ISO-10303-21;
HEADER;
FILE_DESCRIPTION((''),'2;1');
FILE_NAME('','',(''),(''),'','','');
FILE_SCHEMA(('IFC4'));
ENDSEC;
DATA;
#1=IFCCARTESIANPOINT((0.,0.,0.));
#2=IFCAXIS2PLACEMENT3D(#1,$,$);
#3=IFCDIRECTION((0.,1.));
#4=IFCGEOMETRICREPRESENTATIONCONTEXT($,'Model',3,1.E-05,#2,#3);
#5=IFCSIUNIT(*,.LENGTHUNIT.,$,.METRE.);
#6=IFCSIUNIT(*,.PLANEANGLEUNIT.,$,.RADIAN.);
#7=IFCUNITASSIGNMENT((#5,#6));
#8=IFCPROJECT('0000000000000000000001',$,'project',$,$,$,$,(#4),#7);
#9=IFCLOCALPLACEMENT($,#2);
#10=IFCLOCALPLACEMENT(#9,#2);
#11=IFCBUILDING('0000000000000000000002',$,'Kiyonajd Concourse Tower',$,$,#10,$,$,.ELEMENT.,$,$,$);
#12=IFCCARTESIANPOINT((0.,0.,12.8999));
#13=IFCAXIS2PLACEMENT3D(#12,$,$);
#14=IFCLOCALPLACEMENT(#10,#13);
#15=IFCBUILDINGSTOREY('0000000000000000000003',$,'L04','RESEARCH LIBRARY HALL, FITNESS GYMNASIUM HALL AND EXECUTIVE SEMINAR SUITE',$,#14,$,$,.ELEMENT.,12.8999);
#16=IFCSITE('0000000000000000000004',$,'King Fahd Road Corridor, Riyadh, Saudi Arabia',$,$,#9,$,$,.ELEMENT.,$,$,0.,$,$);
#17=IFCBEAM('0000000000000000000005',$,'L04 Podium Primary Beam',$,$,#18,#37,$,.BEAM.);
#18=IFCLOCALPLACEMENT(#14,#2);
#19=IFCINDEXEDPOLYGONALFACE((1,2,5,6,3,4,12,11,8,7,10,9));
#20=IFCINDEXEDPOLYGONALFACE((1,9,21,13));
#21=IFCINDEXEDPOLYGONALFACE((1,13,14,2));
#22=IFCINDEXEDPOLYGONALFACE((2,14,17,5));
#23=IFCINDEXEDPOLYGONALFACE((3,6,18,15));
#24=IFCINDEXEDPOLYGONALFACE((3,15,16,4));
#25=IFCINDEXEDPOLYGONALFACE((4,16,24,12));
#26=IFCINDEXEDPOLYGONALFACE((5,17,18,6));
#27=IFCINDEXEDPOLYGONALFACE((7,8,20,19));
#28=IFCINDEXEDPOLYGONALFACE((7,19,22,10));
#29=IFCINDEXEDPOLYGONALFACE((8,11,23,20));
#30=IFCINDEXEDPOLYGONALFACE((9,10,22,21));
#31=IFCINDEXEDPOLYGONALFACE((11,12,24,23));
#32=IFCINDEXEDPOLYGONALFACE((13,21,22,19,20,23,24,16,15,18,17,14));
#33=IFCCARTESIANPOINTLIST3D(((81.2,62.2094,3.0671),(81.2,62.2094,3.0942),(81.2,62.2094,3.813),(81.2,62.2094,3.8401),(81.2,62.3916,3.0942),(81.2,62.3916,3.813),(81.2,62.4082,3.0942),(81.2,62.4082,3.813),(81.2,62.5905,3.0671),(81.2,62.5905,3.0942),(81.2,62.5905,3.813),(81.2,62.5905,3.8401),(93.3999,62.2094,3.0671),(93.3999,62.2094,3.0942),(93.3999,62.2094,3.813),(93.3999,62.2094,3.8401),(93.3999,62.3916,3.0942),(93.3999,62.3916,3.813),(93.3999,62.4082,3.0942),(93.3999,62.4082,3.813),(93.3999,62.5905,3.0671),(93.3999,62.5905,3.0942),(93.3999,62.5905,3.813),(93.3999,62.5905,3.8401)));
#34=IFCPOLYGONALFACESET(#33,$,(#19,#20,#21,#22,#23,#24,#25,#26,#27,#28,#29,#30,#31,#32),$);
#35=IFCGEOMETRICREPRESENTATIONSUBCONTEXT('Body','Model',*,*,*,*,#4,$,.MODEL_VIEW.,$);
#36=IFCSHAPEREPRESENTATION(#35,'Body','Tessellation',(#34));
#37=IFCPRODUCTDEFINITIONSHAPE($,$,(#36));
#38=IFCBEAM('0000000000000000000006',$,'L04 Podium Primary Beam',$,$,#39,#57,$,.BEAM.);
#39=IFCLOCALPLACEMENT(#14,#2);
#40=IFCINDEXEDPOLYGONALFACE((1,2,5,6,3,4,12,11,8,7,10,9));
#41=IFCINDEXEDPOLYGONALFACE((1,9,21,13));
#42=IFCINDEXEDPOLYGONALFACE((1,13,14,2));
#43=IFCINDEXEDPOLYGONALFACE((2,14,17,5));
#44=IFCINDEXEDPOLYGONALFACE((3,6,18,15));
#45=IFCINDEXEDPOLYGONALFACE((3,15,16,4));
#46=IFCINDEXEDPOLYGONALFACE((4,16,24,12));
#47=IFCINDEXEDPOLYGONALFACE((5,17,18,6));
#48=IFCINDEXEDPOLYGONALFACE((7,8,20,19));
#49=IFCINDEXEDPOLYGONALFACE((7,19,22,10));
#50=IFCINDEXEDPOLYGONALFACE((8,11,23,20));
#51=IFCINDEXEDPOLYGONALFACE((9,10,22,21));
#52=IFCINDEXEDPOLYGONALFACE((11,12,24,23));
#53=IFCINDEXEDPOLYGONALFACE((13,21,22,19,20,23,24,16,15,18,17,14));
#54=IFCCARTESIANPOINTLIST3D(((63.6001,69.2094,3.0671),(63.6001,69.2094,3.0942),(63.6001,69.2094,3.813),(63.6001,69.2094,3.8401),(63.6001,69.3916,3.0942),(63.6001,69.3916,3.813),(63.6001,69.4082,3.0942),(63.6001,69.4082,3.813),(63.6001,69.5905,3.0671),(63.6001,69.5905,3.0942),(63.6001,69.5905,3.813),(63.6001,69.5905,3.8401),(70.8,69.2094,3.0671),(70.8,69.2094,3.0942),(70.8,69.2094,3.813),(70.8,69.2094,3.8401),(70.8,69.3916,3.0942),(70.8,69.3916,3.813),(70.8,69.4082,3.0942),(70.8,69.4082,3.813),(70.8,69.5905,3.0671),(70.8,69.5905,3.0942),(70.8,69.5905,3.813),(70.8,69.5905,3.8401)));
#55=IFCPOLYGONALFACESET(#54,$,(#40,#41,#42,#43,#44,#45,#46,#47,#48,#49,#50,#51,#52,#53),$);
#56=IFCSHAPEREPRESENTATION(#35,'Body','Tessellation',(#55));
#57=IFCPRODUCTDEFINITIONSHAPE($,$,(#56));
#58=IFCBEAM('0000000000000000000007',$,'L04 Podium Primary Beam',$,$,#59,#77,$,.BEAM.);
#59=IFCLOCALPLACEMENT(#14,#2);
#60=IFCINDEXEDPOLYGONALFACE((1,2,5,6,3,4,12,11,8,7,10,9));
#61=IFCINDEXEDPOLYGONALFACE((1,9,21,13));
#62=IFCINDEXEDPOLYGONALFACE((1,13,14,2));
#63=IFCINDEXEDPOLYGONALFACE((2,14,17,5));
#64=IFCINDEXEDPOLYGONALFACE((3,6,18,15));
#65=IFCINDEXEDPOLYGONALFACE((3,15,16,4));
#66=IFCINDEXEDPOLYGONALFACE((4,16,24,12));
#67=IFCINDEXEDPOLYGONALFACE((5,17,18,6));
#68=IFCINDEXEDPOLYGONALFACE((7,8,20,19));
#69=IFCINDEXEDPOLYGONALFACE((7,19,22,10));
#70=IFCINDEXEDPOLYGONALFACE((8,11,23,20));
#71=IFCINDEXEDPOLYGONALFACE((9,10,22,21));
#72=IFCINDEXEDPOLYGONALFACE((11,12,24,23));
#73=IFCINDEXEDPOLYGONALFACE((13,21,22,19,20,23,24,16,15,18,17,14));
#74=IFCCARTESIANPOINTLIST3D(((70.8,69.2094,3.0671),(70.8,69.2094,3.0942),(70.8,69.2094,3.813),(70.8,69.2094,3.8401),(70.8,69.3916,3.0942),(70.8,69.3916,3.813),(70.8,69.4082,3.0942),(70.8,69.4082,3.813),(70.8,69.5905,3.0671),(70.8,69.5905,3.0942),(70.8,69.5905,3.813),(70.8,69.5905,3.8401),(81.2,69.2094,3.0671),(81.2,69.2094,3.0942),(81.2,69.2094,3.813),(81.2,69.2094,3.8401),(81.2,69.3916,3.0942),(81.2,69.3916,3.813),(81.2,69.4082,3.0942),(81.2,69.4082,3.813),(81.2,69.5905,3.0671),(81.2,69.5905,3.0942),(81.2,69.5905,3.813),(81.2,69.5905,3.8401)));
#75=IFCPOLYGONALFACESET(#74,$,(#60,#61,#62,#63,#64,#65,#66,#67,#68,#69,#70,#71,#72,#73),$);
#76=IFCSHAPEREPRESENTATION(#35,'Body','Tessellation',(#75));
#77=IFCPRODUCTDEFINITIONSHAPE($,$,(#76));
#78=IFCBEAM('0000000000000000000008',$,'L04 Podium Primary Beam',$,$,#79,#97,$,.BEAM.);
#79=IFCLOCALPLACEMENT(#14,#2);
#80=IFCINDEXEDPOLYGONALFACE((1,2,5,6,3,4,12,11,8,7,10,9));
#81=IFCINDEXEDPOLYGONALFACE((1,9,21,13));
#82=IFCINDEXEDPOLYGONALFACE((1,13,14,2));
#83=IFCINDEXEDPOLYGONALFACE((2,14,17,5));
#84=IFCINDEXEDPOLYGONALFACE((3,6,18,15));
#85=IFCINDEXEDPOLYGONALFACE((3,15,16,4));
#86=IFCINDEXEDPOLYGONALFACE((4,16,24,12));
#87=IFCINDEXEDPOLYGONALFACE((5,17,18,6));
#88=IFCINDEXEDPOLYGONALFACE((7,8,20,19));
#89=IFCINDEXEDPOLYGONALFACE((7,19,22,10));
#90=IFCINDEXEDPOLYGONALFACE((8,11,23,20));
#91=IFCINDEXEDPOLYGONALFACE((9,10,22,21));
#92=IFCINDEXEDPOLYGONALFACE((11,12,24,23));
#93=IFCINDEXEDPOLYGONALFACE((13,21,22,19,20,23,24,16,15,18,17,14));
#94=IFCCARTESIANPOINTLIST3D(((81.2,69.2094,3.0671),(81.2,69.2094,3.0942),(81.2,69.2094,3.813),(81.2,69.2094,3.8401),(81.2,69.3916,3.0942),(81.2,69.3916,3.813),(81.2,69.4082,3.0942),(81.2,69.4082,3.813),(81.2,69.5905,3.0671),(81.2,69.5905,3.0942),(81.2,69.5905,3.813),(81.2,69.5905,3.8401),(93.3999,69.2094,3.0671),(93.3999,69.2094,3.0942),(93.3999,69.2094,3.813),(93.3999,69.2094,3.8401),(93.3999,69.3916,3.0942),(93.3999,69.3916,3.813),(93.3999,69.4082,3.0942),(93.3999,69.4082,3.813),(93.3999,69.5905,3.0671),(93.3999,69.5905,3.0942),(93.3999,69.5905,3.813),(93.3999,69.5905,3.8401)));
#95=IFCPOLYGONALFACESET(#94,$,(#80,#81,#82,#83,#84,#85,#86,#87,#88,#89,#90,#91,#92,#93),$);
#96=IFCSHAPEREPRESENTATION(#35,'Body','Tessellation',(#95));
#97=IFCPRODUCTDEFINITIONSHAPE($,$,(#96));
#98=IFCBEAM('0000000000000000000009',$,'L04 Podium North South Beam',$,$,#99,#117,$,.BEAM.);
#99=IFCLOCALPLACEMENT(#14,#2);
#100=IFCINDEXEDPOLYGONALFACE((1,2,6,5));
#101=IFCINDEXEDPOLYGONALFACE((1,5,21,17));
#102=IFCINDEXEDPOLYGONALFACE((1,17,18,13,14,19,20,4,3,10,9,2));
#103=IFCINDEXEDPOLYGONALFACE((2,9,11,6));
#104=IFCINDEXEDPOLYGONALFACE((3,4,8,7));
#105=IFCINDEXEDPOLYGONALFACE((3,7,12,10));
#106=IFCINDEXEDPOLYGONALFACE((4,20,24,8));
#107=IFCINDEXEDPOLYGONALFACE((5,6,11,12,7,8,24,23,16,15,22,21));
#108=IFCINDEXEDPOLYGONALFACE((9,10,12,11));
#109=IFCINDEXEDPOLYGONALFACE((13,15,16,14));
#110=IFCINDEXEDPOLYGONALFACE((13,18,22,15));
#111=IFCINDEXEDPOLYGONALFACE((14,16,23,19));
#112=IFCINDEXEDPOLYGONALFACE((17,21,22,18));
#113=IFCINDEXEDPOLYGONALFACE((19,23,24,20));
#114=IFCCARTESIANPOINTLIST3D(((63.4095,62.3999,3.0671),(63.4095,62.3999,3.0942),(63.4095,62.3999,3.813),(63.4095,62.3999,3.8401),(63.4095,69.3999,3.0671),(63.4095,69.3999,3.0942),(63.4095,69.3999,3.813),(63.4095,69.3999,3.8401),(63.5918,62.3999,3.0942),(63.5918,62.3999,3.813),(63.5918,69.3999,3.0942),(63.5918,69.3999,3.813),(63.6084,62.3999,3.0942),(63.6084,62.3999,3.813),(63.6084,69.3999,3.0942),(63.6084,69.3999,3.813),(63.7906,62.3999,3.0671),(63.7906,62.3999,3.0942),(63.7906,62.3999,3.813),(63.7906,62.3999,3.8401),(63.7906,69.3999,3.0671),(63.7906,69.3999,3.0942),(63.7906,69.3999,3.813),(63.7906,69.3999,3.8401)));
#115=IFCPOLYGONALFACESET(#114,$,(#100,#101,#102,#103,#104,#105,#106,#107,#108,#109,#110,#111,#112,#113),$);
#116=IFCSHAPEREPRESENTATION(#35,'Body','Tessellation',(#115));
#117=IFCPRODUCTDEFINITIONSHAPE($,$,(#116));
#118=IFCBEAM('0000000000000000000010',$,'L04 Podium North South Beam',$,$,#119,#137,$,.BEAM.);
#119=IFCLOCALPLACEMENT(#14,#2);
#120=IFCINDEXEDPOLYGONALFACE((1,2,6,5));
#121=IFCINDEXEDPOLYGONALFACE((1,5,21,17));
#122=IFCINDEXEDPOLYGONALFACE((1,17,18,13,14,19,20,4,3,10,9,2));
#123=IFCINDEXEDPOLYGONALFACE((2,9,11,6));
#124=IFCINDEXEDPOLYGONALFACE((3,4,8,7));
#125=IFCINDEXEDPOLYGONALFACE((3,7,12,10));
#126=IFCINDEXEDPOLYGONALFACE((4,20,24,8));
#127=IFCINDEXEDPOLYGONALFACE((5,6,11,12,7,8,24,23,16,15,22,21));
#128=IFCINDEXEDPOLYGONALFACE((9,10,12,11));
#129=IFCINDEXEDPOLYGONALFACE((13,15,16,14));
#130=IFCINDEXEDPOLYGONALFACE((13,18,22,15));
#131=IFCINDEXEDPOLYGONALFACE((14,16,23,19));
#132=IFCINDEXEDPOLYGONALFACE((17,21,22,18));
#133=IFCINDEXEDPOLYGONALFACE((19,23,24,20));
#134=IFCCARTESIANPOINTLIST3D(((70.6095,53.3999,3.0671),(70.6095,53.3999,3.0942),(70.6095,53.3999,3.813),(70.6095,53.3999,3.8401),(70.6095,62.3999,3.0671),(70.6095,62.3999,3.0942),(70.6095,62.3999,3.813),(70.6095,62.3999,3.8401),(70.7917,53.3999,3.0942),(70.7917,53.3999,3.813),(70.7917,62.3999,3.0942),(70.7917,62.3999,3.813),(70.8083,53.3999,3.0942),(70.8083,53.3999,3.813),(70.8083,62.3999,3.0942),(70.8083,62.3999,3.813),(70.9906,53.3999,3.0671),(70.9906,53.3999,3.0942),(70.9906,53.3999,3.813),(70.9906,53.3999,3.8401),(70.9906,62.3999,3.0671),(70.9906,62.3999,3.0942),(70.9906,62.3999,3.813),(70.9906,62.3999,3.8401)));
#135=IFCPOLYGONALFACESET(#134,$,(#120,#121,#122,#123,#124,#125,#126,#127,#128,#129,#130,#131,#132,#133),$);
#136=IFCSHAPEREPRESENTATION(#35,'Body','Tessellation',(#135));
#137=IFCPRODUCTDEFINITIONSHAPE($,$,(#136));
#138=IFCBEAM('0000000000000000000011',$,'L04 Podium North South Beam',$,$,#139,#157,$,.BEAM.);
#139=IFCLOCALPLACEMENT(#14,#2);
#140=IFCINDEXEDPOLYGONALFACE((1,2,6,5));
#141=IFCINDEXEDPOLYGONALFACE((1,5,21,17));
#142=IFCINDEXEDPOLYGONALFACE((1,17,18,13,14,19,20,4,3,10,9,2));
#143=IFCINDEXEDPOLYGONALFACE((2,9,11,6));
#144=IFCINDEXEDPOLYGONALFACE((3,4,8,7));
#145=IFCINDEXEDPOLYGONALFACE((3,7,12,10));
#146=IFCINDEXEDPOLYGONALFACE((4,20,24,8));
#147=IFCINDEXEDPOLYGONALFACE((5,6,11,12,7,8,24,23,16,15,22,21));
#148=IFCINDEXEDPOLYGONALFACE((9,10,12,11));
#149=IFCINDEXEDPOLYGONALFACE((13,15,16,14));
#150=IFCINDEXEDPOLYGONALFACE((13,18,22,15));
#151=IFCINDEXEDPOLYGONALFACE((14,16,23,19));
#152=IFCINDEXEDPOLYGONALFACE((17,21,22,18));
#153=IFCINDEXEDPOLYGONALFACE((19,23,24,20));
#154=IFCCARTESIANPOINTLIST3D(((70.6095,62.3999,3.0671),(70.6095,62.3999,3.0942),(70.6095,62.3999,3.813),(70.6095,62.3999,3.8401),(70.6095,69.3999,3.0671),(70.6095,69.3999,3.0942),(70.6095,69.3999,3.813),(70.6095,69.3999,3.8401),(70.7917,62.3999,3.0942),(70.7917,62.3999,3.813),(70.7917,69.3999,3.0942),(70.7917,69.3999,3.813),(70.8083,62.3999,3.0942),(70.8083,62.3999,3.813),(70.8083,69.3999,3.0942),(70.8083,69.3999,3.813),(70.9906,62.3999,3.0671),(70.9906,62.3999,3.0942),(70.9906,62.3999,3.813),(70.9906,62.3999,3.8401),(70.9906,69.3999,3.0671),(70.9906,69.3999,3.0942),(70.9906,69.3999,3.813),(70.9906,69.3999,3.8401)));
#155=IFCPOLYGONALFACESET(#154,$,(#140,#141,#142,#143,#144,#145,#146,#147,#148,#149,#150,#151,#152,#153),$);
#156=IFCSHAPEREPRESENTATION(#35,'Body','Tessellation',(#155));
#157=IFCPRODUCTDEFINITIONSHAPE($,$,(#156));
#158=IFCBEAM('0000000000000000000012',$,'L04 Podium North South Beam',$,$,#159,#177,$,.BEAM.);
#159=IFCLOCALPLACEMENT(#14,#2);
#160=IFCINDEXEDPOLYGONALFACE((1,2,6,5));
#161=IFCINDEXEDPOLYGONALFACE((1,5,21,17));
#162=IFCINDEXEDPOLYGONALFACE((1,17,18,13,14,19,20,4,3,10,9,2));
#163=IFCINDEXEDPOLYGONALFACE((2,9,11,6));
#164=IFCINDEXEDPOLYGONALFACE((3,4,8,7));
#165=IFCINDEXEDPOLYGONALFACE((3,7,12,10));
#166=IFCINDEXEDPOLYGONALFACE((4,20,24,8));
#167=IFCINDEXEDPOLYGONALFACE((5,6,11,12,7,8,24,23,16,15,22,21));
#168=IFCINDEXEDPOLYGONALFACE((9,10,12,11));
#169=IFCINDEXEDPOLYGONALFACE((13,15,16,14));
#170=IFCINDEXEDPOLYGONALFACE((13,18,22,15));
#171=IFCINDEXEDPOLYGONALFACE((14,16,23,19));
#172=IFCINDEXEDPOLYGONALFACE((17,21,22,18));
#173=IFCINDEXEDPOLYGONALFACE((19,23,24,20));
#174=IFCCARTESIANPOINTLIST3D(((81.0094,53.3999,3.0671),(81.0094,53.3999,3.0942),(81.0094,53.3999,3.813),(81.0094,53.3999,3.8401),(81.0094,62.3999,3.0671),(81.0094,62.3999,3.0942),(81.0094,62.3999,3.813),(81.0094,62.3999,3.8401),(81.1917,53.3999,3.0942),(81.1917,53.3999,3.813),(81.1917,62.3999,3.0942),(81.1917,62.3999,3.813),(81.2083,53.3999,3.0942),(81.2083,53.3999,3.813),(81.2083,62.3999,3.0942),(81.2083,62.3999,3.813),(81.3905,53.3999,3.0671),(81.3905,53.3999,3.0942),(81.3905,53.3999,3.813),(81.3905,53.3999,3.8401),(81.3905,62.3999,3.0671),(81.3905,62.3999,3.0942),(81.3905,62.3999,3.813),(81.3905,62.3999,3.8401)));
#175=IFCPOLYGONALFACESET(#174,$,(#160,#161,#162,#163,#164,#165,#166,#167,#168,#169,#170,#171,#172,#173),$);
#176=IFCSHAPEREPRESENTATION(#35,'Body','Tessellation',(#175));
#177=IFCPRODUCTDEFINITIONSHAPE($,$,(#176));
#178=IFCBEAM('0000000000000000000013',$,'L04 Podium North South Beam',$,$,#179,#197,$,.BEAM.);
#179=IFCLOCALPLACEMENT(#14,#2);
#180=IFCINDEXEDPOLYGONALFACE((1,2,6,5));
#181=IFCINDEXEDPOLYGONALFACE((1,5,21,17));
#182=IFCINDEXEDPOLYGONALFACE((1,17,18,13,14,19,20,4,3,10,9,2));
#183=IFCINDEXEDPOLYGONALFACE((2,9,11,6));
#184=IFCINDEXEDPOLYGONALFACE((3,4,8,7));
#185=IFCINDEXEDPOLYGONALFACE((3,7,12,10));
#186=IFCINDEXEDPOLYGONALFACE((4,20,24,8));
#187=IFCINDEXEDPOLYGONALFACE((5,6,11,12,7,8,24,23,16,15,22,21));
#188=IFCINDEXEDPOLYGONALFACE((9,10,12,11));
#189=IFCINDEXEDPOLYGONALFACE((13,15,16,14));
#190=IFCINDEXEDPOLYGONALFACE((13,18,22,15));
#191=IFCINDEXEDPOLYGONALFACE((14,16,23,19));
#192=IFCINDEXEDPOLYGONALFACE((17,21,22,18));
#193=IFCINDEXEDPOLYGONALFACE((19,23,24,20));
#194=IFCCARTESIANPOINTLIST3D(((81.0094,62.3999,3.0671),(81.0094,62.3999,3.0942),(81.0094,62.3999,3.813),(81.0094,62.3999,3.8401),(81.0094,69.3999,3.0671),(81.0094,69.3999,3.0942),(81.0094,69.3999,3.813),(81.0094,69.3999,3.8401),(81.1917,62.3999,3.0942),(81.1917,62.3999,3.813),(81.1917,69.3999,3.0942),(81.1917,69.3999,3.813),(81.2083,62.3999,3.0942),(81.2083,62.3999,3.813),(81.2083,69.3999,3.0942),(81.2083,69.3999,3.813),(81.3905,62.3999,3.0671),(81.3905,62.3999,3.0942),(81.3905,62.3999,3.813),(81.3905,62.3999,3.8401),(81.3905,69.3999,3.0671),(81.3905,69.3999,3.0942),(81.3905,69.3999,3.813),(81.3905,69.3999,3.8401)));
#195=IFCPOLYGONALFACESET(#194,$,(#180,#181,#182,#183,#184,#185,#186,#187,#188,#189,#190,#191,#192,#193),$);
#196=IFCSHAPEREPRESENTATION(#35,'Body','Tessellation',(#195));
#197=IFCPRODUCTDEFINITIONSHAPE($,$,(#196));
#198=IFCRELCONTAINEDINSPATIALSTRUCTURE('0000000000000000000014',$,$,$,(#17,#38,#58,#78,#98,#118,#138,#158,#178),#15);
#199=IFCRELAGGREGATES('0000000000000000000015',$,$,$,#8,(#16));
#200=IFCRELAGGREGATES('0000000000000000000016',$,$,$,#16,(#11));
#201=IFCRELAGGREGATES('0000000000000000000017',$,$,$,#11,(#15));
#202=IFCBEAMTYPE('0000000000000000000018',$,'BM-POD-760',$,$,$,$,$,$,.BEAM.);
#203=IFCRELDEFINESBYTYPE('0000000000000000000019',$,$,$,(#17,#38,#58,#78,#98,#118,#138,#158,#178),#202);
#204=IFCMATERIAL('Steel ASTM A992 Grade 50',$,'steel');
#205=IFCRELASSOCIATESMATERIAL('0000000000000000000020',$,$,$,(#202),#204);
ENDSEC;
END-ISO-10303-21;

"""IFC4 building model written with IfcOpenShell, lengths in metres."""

from ifc_helpers import new_model, si_unit, direction, frame, origin, origin_2d, place, context, subcontext, project, spatial, i_section, extrude, material, material_profile, profile_set, type_object, element, save


model = new_model("IFC4")

# Units and contexts
model_context = context("Model", 3, precision=1e-05, world=origin(), true_north=direction((0.0, 1.0)))
body_context = subcontext(model_context, "Body", "Model", "MODEL_VIEW")
ifc_project = project(units=[si_unit("LENGTHUNIT", "METRE"), si_unit("PLANEANGLEUNIT", "RADIAN")], contexts=[model_context])

# Site, building, storey
site_placement = place(None, origin())
site = spatial("IfcSite", under=ifc_project, at=site_placement, Name="King Fahd Road Corridor, Riyadh, Saudi Arabia", CompositionType="ELEMENT", RefElevation=0.0)
building_placement = place(site_placement, origin())
building = spatial("IfcBuilding", under=site, at=building_placement, Name="Kiyonajd Concourse Tower", CompositionType="ELEMENT")
storey_placement = place(building_placement, frame((0.0, 0.0, 12.8999)))
storey = spatial("IfcBuildingStorey", under=building, at=storey_placement, Name="L04", Description="RESEARCH LIBRARY HALL, FITNESS GYMNASIUM HALL AND EXECUTIVE SEMINAR SUITE", CompositionType="ELEMENT", Elevation=12.8999)

# Beams
ifc_material_1 = material(Name="Steel ASTM A992 Grade 50", Category="steel")
ifc_material_profile_1 = material_profile(ifc_material_1, i_section(OverallWidth=0.3811, OverallDepth=0.7729, WebThickness=0.0166, FlangeThickness=0.0271, at=origin_2d()), Name="W760X257")
ifc_profile_set_1 = profile_set([ifc_material_profile_1], Name="Steel ASTM A992 Grade 50")
beam_type = type_object("IfcBeamType", Name="BM-POD-760", PredefinedType="BEAM", material=ifc_profile_set_1)
beam_1_placement = place(storey_placement, frame((81.2, 62.3999, 3.4536), z_axis=(1.0, 0.0, 0.0), x_axis=(0.0, 1.0, 0.0)))
element("IfcBeam", 1, at=beam_1_placement, inside=storey, type_object=beam_type, Name="L04 Podium Primary Beam", PredefinedType="BEAM", context=body_context, shape_type="SweptSolid", body=[
    extrude(i_section(OverallWidth=0.3811, OverallDepth=0.7729, WebThickness=0.0166, FlangeThickness=0.0271, at=origin_2d()), origin(), (0.0, 0.0, 1.0), 12.2),
])
beam_2_placement = place(storey_placement, frame((63.6001, 69.3999, 3.4536), z_axis=(1.0, 0.0, 0.0), x_axis=(0.0, 1.0, 0.0)))
element("IfcBeam", 2, at=beam_2_placement, inside=storey, type_object=beam_type, Name="L04 Podium Primary Beam", PredefinedType="BEAM", context=body_context, shape_type="SweptSolid", body=[
    extrude(i_section(OverallWidth=0.3811, OverallDepth=0.7729, WebThickness=0.0166, FlangeThickness=0.0271, at=origin_2d()), origin(), (0.0, 0.0, 1.0), 7.2),
])
beam_3_placement = place(storey_placement, frame((70.8, 69.3999, 3.4536), z_axis=(1.0, 0.0, 0.0), x_axis=(0.0, 1.0, 0.0)))
element("IfcBeam", 3, at=beam_3_placement, inside=storey, type_object=beam_type, Name="L04 Podium Primary Beam", PredefinedType="BEAM", context=body_context, shape_type="SweptSolid", body=[
    extrude(i_section(OverallWidth=0.3811, OverallDepth=0.7729, WebThickness=0.0166, FlangeThickness=0.0271, at=origin_2d()), origin(), (0.0, 0.0, 1.0), 10.3999),
])
beam_4_placement = place(storey_placement, frame((81.2, 69.3999, 3.4536), z_axis=(1.0, 0.0, 0.0), x_axis=(0.0, 1.0, 0.0)))
element("IfcBeam", 4, at=beam_4_placement, inside=storey, type_object=beam_type, Name="L04 Podium Primary Beam", PredefinedType="BEAM", context=body_context, shape_type="SweptSolid", body=[
    extrude(i_section(OverallWidth=0.3811, OverallDepth=0.7729, WebThickness=0.0166, FlangeThickness=0.0271, at=origin_2d()), origin(), (0.0, 0.0, 1.0), 12.2),
])
beam_5_placement = place(storey_placement, frame((63.6001, 62.3999, 3.4536), z_axis=(0.0, 1.0, 0.0), x_axis=(-1.0, 0.0, 0.0)))
element("IfcBeam", 5, at=beam_5_placement, inside=storey, type_object=beam_type, Name="L04 Podium North South Beam", PredefinedType="BEAM", context=body_context, shape_type="SweptSolid", body=[
    extrude(i_section(OverallWidth=0.3811, OverallDepth=0.7729, WebThickness=0.0166, FlangeThickness=0.0271, at=origin_2d()), origin(), (0.0, 0.0, 1.0), 7.0),
])
beam_6_placement = place(storey_placement, frame((70.8, 53.3999, 3.4536), z_axis=(0.0, 1.0, 0.0), x_axis=(-1.0, 0.0, 0.0)))
element("IfcBeam", 6, at=beam_6_placement, inside=storey, type_object=beam_type, Name="L04 Podium North South Beam", PredefinedType="BEAM", context=body_context, shape_type="SweptSolid", body=[
    extrude(i_section(OverallWidth=0.3811, OverallDepth=0.7729, WebThickness=0.0166, FlangeThickness=0.0271, at=origin_2d()), origin(), (0.0, 0.0, 1.0), 9.0),
])
beam_7_placement = place(storey_placement, frame((70.8, 62.3999, 3.4536), z_axis=(0.0, 1.0, 0.0), x_axis=(-1.0, 0.0, 0.0)))
element("IfcBeam", 7, at=beam_7_placement, inside=storey, type_object=beam_type, Name="L04 Podium North South Beam", PredefinedType="BEAM", context=body_context, shape_type="SweptSolid", body=[
    extrude(i_section(OverallWidth=0.3811, OverallDepth=0.7729, WebThickness=0.0166, FlangeThickness=0.0271, at=origin_2d()), origin(), (0.0, 0.0, 1.0), 7.0),
])
beam_8_placement = place(storey_placement, frame((81.2, 53.3999, 3.4536), z_axis=(0.0, 1.0, 0.0), x_axis=(-1.0, 0.0, 0.0)))
element("IfcBeam", 8, at=beam_8_placement, inside=storey, type_object=beam_type, Name="L04 Podium North South Beam", PredefinedType="BEAM", context=body_context, shape_type="SweptSolid", body=[
    extrude(i_section(OverallWidth=0.3811, OverallDepth=0.7729, WebThickness=0.0166, FlangeThickness=0.0271, at=origin_2d()), origin(), (0.0, 0.0, 1.0), 9.0),
])
beam_9_placement = place(storey_placement, frame((81.2, 62.3999, 3.4536), z_axis=(0.0, 1.0, 0.0), x_axis=(-1.0, 0.0, 0.0)))
element("IfcBeam", 9, at=beam_9_placement, inside=storey, type_object=beam_type, Name="L04 Podium North South Beam", PredefinedType="BEAM", context=body_context, shape_type="SweptSolid", body=[
    extrude(i_section(OverallWidth=0.3811, OverallDepth=0.7729, WebThickness=0.0166, FlangeThickness=0.0271, at=origin_2d()), origin(), (0.0, 0.0, 1.0), 7.0),
])

save(model, "model.ifc")
